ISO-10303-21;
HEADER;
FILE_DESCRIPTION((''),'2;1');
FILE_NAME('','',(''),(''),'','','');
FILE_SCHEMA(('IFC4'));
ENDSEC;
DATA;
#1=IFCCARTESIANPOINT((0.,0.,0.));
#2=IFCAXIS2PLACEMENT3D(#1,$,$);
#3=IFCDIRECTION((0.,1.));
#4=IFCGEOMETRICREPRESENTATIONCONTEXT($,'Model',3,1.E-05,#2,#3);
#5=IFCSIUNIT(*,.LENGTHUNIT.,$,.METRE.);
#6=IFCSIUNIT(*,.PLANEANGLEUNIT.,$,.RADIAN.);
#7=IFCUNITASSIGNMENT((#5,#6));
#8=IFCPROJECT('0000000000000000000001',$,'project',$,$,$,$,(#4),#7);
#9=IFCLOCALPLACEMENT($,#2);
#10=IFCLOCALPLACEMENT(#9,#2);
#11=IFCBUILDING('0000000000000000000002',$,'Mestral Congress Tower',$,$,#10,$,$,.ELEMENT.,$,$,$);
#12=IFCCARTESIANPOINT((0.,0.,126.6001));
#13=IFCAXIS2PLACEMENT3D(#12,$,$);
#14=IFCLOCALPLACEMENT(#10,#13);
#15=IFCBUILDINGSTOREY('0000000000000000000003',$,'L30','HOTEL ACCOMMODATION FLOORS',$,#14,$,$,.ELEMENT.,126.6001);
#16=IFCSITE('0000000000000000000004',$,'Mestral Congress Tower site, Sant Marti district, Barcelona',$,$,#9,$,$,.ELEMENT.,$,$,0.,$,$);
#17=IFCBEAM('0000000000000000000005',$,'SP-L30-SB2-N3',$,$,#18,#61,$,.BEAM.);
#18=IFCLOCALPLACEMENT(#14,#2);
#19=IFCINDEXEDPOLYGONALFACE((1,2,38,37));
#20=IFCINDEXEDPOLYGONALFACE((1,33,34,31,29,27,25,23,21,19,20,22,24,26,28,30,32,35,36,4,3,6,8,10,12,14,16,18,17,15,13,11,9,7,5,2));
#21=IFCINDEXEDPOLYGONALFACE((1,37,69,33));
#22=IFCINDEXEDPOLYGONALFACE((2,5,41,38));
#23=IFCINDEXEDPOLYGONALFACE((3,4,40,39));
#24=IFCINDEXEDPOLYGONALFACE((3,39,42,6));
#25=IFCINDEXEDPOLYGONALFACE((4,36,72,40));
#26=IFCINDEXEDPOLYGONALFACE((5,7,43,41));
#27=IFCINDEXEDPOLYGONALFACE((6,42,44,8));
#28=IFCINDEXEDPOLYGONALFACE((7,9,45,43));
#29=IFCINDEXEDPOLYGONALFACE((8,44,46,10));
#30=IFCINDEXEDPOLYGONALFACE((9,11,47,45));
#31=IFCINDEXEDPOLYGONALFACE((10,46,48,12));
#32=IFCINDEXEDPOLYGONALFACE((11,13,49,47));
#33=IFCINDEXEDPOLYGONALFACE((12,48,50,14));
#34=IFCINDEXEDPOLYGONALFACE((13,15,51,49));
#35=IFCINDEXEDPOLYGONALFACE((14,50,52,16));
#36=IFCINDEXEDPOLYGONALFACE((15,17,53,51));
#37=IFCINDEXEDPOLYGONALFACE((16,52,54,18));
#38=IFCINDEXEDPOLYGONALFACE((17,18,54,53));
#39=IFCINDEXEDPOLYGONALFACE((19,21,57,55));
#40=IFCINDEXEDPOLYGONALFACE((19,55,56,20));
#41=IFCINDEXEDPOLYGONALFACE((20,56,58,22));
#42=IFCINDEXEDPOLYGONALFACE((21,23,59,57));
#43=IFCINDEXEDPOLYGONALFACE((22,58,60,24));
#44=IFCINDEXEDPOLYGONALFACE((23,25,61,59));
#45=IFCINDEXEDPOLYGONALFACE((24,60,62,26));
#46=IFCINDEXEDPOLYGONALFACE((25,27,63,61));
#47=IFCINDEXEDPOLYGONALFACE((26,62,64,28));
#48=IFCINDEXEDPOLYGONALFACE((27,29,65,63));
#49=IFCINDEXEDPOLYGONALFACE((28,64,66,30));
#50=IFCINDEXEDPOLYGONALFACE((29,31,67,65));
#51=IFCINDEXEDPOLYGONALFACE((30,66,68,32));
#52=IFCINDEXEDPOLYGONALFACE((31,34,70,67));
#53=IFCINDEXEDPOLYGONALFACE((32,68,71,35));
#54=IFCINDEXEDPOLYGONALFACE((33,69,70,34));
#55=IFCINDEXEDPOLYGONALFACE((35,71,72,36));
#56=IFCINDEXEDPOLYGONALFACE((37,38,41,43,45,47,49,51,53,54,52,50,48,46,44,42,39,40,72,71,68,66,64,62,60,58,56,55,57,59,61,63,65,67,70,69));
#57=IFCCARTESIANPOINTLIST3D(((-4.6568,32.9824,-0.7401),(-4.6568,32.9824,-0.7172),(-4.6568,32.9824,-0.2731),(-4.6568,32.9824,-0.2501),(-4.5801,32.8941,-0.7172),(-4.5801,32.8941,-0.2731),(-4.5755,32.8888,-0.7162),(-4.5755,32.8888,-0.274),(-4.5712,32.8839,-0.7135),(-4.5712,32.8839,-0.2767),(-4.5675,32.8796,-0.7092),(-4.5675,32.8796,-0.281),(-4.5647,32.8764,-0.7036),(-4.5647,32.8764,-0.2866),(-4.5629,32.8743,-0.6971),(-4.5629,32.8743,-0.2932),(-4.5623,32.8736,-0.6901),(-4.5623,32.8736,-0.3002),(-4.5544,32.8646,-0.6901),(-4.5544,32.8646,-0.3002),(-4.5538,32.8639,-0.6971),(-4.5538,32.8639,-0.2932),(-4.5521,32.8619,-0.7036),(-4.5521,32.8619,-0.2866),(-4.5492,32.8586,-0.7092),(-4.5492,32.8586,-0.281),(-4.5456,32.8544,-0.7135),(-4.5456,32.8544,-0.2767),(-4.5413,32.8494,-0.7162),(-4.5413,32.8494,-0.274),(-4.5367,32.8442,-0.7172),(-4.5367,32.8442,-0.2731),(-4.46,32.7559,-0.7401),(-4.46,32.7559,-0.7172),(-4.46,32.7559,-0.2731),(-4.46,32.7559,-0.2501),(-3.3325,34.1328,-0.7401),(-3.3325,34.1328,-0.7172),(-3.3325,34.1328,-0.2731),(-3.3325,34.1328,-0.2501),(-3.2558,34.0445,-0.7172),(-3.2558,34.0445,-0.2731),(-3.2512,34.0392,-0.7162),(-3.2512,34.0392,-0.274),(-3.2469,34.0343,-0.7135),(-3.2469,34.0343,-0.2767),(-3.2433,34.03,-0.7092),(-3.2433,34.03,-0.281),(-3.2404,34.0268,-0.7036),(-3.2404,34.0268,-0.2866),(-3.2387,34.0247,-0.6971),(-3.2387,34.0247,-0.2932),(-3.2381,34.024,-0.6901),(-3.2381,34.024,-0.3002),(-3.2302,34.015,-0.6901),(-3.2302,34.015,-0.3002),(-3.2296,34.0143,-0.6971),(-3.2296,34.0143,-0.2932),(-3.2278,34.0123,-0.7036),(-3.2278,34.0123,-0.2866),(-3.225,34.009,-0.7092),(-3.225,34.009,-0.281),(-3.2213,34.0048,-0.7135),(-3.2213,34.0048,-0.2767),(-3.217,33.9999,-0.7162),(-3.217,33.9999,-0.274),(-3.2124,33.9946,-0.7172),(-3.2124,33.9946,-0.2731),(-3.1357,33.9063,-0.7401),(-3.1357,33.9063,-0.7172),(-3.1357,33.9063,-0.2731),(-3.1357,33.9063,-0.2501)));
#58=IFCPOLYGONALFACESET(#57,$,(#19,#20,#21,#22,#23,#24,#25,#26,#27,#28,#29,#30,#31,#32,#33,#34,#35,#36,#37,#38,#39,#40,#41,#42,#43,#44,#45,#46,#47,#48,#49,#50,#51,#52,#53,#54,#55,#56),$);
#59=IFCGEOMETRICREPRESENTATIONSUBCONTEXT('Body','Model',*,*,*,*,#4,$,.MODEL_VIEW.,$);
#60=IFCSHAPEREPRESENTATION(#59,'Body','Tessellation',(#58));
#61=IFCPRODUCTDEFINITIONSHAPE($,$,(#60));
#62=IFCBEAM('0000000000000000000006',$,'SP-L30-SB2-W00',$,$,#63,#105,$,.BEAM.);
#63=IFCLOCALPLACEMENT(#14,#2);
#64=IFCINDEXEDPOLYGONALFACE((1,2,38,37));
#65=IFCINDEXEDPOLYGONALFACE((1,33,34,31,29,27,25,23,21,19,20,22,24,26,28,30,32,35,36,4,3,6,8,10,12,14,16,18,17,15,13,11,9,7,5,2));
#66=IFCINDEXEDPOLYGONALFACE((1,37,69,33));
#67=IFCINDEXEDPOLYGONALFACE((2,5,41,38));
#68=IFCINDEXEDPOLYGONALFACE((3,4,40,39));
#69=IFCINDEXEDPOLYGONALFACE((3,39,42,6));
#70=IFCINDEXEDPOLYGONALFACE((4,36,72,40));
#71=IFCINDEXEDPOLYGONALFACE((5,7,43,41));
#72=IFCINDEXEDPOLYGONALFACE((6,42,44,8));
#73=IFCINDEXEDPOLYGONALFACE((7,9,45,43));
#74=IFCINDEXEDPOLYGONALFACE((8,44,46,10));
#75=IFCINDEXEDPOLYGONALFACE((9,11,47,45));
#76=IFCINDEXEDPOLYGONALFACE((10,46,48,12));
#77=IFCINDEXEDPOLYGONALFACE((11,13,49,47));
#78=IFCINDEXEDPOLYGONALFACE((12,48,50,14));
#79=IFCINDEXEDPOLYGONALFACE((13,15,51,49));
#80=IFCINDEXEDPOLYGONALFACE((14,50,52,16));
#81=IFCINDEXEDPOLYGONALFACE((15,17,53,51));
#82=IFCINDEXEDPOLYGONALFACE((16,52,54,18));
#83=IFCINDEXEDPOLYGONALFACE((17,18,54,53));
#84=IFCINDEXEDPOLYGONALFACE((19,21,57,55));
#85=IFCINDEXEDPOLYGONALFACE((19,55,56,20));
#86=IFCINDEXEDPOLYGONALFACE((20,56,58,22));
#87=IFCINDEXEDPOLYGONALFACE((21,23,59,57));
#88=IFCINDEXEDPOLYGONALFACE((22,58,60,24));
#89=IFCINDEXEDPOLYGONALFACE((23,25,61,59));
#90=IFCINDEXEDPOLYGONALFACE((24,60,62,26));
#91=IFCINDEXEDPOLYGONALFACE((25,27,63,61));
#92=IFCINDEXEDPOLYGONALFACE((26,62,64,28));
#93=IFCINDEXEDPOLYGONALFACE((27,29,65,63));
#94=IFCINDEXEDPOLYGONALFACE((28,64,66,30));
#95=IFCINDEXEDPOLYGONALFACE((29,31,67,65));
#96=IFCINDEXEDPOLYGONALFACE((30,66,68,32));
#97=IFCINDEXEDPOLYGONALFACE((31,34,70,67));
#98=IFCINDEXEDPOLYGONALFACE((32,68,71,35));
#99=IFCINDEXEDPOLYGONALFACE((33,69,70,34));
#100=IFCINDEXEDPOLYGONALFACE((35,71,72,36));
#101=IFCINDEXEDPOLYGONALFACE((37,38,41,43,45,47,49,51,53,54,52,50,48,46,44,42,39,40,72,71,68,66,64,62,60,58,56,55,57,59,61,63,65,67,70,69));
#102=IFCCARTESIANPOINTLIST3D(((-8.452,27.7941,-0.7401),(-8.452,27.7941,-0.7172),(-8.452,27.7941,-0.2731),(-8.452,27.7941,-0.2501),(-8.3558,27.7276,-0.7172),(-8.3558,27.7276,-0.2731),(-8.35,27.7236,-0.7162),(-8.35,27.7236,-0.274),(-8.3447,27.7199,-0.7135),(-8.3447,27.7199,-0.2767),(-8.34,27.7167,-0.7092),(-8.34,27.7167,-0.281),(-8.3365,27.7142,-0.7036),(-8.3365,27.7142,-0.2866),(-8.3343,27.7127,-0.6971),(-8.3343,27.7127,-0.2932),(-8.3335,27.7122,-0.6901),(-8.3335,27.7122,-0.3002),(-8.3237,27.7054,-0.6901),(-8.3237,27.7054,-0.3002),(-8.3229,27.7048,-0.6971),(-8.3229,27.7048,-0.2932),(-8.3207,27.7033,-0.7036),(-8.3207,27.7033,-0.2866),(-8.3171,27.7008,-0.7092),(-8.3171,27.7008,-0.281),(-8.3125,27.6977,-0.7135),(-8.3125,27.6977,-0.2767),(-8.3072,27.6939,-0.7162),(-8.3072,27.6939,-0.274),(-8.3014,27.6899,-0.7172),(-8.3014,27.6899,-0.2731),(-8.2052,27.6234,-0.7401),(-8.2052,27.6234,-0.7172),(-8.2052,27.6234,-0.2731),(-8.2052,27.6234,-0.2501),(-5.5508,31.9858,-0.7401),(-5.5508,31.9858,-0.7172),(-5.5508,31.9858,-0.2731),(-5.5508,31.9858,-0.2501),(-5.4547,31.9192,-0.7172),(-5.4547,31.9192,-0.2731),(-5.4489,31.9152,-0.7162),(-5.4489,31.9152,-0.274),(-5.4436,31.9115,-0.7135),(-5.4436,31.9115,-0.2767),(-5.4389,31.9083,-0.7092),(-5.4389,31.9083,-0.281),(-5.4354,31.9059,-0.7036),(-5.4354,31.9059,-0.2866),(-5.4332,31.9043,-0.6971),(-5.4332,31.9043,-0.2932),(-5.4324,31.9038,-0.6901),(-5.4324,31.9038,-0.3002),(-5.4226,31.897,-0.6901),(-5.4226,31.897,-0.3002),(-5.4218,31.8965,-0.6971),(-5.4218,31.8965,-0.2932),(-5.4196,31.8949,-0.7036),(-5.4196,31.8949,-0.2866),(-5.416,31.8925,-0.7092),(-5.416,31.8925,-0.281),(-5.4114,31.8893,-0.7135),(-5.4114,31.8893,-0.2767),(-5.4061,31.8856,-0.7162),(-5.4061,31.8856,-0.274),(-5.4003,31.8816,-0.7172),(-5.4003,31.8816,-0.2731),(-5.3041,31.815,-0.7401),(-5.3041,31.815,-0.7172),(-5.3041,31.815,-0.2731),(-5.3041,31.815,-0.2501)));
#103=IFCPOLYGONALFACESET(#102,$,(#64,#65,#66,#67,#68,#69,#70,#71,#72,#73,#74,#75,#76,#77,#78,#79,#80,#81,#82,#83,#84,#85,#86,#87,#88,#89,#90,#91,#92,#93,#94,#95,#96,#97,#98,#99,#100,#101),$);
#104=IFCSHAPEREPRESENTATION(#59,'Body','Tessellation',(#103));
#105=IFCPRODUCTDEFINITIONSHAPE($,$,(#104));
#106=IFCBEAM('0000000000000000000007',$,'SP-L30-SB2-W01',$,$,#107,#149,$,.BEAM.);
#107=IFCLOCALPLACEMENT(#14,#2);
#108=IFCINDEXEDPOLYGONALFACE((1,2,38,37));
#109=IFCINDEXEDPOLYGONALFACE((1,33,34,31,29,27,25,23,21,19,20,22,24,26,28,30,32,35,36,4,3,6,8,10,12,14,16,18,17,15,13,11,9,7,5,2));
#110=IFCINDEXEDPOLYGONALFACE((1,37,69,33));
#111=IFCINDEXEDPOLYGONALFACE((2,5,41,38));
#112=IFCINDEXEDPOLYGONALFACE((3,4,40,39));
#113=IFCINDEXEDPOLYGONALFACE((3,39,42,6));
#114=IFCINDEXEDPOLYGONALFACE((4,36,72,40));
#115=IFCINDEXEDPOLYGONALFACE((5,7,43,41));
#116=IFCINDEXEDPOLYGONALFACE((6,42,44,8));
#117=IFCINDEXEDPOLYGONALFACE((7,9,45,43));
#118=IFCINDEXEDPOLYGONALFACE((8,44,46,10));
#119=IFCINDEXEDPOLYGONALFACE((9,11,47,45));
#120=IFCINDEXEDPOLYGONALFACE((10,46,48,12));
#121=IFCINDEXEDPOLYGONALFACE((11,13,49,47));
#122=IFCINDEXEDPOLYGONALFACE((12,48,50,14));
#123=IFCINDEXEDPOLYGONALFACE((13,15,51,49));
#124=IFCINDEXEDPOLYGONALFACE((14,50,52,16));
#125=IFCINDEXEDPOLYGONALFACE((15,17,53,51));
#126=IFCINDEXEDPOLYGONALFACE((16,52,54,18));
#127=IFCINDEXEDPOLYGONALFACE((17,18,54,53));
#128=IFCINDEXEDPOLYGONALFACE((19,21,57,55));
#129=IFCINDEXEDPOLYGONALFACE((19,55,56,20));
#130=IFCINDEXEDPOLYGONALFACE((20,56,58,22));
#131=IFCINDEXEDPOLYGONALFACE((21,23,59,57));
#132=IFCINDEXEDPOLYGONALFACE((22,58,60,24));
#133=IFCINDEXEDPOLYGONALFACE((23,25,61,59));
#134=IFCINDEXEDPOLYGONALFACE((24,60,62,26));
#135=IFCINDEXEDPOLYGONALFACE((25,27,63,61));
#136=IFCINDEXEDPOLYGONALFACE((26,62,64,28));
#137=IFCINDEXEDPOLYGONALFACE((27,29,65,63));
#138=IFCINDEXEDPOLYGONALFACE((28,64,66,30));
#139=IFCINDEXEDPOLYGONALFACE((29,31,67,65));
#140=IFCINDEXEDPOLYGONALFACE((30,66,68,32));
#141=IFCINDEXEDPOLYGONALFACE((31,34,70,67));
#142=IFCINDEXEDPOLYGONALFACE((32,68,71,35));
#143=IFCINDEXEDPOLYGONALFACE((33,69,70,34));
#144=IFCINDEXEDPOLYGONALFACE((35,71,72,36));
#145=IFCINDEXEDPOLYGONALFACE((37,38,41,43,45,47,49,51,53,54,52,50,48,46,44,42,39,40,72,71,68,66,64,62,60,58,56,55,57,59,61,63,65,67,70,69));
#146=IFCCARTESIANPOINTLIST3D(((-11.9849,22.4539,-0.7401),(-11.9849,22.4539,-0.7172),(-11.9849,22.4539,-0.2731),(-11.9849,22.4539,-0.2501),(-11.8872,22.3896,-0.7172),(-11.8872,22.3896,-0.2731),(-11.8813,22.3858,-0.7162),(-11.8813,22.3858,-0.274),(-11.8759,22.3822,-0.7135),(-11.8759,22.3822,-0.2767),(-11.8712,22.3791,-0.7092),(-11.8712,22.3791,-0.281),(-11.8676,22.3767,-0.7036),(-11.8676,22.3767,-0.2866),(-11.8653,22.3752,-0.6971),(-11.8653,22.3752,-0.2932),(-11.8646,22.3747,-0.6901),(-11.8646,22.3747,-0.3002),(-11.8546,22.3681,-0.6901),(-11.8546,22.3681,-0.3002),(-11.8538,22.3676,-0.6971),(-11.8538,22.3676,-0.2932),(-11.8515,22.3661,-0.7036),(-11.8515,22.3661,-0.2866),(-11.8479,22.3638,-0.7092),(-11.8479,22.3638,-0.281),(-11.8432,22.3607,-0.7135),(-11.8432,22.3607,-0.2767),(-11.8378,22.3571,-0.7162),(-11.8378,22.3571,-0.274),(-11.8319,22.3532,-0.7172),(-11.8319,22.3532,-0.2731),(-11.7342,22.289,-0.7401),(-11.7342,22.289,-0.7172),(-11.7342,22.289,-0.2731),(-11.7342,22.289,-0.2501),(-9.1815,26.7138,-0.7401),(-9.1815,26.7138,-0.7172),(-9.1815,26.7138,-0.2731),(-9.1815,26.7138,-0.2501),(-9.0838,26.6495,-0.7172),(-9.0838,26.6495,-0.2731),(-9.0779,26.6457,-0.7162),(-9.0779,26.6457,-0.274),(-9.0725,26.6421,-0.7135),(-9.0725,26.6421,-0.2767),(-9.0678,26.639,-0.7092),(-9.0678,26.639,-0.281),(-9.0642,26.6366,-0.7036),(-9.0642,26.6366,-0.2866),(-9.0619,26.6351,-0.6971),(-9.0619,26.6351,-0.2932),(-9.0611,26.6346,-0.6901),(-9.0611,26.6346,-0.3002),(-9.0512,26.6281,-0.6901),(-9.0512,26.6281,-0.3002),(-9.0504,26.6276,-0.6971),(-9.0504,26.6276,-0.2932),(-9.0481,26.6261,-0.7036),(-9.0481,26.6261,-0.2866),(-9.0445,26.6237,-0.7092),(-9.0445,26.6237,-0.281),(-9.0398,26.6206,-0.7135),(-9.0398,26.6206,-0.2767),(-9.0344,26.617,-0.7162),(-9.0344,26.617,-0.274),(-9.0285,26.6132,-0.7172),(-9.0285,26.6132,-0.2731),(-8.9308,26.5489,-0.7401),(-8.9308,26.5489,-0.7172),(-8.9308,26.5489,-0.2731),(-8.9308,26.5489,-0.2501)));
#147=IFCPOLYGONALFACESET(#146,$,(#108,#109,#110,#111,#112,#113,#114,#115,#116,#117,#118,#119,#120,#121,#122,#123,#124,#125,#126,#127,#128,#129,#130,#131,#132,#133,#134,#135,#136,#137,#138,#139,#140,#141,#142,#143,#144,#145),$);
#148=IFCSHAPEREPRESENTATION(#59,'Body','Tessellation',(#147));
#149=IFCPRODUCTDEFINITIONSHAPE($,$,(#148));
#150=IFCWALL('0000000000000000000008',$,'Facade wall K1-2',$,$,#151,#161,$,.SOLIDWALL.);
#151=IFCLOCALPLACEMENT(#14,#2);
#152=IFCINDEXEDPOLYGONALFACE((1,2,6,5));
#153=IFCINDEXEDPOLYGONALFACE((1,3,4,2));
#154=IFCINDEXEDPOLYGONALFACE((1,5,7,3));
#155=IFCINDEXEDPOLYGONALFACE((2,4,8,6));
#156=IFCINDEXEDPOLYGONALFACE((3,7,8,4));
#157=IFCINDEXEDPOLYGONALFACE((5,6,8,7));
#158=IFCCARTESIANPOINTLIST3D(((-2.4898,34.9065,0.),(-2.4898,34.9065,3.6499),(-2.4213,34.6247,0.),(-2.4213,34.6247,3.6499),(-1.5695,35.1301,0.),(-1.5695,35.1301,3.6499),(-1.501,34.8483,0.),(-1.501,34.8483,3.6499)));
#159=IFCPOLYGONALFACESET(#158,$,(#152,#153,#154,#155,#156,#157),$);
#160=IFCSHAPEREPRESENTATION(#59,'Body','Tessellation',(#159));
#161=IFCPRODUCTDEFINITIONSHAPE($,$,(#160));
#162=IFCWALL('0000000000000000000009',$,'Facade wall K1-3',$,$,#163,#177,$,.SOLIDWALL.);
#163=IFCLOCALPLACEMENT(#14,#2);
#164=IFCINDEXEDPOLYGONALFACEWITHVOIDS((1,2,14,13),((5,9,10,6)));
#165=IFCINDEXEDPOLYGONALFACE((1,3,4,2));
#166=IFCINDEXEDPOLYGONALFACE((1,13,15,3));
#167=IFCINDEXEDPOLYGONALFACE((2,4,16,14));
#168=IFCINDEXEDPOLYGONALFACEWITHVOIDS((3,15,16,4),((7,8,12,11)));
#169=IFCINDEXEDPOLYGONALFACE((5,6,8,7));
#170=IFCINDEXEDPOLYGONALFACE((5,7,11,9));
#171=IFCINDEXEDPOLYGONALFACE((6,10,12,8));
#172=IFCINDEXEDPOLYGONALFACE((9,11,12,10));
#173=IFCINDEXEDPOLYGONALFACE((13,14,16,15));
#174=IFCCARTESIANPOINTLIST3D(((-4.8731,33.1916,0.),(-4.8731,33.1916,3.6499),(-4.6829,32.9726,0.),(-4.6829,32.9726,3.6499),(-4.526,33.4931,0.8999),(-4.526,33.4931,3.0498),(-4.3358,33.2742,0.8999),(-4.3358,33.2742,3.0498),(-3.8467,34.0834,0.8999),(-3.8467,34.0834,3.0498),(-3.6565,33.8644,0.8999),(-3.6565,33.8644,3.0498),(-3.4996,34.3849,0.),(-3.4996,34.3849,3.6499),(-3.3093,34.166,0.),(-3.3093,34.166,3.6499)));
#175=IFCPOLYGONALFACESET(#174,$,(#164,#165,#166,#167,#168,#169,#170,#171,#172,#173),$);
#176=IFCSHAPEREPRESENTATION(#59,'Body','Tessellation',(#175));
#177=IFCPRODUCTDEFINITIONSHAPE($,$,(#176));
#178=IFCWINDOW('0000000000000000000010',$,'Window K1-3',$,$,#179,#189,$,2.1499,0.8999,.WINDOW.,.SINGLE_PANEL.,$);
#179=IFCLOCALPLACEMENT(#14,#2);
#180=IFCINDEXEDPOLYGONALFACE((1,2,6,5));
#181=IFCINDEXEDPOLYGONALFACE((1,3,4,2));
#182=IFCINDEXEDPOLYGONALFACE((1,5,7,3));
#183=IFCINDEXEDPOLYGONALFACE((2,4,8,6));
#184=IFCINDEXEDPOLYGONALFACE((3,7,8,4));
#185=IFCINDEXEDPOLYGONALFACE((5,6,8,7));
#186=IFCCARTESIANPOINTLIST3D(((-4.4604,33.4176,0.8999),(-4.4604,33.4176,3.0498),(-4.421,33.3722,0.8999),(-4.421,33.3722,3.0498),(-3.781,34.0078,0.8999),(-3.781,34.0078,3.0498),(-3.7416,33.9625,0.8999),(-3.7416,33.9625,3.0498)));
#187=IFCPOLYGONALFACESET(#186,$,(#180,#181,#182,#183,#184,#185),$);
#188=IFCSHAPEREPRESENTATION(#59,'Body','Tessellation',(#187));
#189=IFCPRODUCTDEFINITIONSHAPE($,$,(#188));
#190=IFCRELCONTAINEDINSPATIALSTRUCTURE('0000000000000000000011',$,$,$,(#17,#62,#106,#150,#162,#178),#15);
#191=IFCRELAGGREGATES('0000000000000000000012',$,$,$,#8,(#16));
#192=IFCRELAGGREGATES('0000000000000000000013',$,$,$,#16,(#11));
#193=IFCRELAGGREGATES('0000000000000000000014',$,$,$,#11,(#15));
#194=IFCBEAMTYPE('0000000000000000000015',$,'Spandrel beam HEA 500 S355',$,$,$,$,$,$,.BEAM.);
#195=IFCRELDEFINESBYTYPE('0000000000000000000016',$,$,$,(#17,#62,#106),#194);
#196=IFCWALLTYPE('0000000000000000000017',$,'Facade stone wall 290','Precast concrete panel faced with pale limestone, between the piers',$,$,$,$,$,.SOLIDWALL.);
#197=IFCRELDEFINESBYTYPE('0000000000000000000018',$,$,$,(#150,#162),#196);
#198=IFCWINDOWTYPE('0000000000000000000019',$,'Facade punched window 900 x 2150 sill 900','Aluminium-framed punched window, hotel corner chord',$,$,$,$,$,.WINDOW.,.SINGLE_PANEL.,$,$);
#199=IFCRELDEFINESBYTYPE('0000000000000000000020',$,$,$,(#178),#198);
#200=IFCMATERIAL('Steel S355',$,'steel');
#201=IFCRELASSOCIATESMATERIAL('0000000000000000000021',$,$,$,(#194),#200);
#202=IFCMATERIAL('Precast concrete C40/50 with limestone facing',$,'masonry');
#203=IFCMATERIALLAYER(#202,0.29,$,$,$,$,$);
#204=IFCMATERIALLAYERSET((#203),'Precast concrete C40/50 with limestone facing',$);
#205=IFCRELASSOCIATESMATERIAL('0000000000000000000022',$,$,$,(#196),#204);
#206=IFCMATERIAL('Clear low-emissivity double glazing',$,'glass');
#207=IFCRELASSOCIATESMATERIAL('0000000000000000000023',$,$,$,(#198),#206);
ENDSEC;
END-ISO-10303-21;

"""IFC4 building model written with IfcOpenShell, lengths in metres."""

from ifc_helpers import new_model, si_unit, direction, frame, frame_2d, origin, origin_2d, place, context, subcontext, project, spatial, rectangle, i_section, extrude, material, layer, layer_set, material_profile, profile_set, type_object, element, fill, save


model = new_model("IFC4")

# Units and contexts
model_context = context("Model", 3, precision=1e-05, world=origin(), true_north=direction((0.0, 1.0)))
body_context = subcontext(model_context, "Body", "Model", "MODEL_VIEW")
ifc_project = project(units=[si_unit("LENGTHUNIT", "METRE"), si_unit("PLANEANGLEUNIT", "RADIAN")], contexts=[model_context])

# Site, building, storey
site_placement = place(None, origin())
site = spatial("IfcSite", under=ifc_project, at=site_placement, Name="Mestral Congress Tower site, Sant Marti district, Barcelona", CompositionType="ELEMENT", RefElevation=0.0)
building_placement = place(site_placement, origin())
building = spatial("IfcBuilding", under=site, at=building_placement, Name="Mestral Congress Tower", CompositionType="ELEMENT")
storey_placement = place(building_placement, frame((0.0, 0.0, 126.6001)))
storey = spatial("IfcBuildingStorey", under=building, at=storey_placement, Name="L30", Description="HOTEL ACCOMMODATION FLOORS", CompositionType="ELEMENT", Elevation=126.6001)

# Beams
ifc_material_1 = material(Name="Steel S355", Category="steel")
ifc_material_profile_1 = material_profile(ifc_material_1, i_section(OverallWidth=0.3, OverallDepth=0.49, WebThickness=0.012, FlangeThickness=0.0229, FilletRadius=0.0271, at=origin_2d()), Name="HEA 500")
ifc_profile_set_1 = profile_set([ifc_material_profile_1], Name="Steel S355")
beam_type_1 = type_object("IfcBeamType", Name="Spandrel beam HEA 500 S355", PredefinedType="BEAM", material=ifc_profile_set_1)
beam_1_placement = place(storey_placement, frame((-3.2341, 34.0195, -0.4951), z_axis=(-0.754917, -0.65582, 0.0), x_axis=(0.65582, -0.754917, 0.0)))
element("IfcBeam", 1, at=beam_1_placement, inside=storey, type_object=beam_type_1, Name="SP-L30-SB2-N3", PredefinedType="BEAM", context=body_context, shape_type="SweptSolid", body=[
    extrude(i_section(OverallWidth=0.3, OverallDepth=0.49, WebThickness=0.012, FlangeThickness=0.0229, FilletRadius=0.0271, at=origin_2d()), origin(), (0.0, 0.0, 1.0), 1.7542),
])
beam_2_placement = place(storey_placement, frame((-5.4275, 31.9004, -0.4951), z_axis=(-0.569105, -0.822265, 0.0), x_axis=(0.822265, -0.569105, 0.0)))
element("IfcBeam", 2, at=beam_2_placement, inside=storey, type_object=beam_type_1, Name="SP-L30-SB2-W00", PredefinedType="BEAM", context=body_context, shape_type="SweptSolid", body=[
    extrude(i_section(OverallWidth=0.3, OverallDepth=0.49, WebThickness=0.012, FlangeThickness=0.0229, FilletRadius=0.0271, at=origin_2d()), origin(), (0.0, 0.0, 1.0), 5.0977),
])
beam_3_placement = place(storey_placement, frame((-9.0562, 26.6313, -0.4951), z_axis=(-0.54973, -0.835342, 0.0), x_axis=(0.835342, -0.54973, 0.0)))
element("IfcBeam", 3, at=beam_3_placement, inside=storey, type_object=beam_type_1, Name="SP-L30-SB2-W01", PredefinedType="BEAM", context=body_context, shape_type="SweptSolid", body=[
    extrude(i_section(OverallWidth=0.3, OverallDepth=0.49, WebThickness=0.012, FlangeThickness=0.0229, FilletRadius=0.0271, at=origin_2d()), origin(), (0.0, 0.0, 1.0), 5.0996),
])

# Wall
ifc_material_2 = material(Name="Precast concrete C40/50 with limestone facing", Category="masonry")
ifc_layer_1 = layer(ifc_material_2, 0.29)
ifc_layer_set_1 = layer_set([ifc_layer_1], Name="Precast concrete C40/50 with limestone facing")
wall_type_1 = type_object("IfcWallType", Name="Facade stone wall 290", Description="Precast concrete panel faced with pale limestone, between the piers", PredefinedType="SOLIDWALL", material=ifc_layer_set_1)
wall_1_placement = place(storey_placement, frame((-1.5352, 34.9893, 0.0), z_axis=(0.0, 0.0, 1.0), x_axis=(-0.971714, -0.236161, 0.0)))
element("IfcWall", 4, at=wall_1_placement, inside=storey, type_object=wall_type_1, Name="Facade wall K1-2", PredefinedType="SOLIDWALL", context=body_context, shape_type="SweptSolid", body=[
    extrude(rectangle(XDim=0.947, YDim=0.29, at=frame_2d((0.4736, 0.0))), origin(), (0.0, 0.0, 1.0), 3.6499),
])

# Wall, opening, window
wall_2_placement = place(storey_placement, frame((-3.4045, 34.2754, 0.0), z_axis=(0.0, 0.0, 1.0), x_axis=(-0.754883, -0.65586, 0.0)))
wall_2 = element("IfcWall", 5, at=wall_2_placement, inside=storey, type_object=wall_type_1, Name="Facade wall K1-3", PredefinedType="SOLIDWALL", context=body_context, shape_type="SweptSolid", body=[
    extrude(rectangle(XDim=1.8196, YDim=0.29, at=frame_2d((0.9097, 0.0))), origin(), (0.0, 0.0, 1.0), 3.6499),
])
opening_1_placement = place(wall_2_placement, frame((0.4597, 0.0, 0.8999)))
opening_1 = element("IfcOpeningElement", 6, at=opening_1_placement, cuts=wall_2, PredefinedType="OPENING", context=body_context, shape_type="SweptSolid", body=[
    extrude(rectangle(XDim=0.8999, YDim=2.1499, at=frame_2d((0.45, 1.075))), frame((0.0, 0.155, 0.0), z_axis=(0.0, -1.0, 0.0), x_axis=(1.0, 0.0, 0.0)), (0.0, 0.0, 1.0), 0.3101),
])
ifc_material_3 = material(Name="Clear low-emissivity double glazing", Category="glass")
window_type_1 = type_object("IfcWindowType", Name="Facade punched window 900 x 2150 sill 900", Description="Aluminium-framed punched window, hotel corner chord", PartitioningType="SINGLE_PANEL", PredefinedType="WINDOW", material=ifc_material_3)
window_1_placement = place(opening_1_placement, origin())
window_1 = element("IfcWindow", 7, at=window_1_placement, inside=storey, type_object=window_type_1, Name="Window K1-3", OverallHeight=2.1499, OverallWidth=0.8999, PartitioningType="SINGLE_PANEL", PredefinedType="WINDOW", context=body_context, shape_type="SweptSolid", body=[
    extrude(rectangle(XDim=0.8999, YDim=2.1499, at=frame_2d((0.45, 1.075))), frame((0.0, 0.0151, 0.0), z_axis=(0.0, -1.0, 0.0), x_axis=(1.0, 0.0, 0.0)), (0.0, 0.0, 1.0), 0.0601),
])
fill(opening_1, window_1)

save(model, "model.ifc")
